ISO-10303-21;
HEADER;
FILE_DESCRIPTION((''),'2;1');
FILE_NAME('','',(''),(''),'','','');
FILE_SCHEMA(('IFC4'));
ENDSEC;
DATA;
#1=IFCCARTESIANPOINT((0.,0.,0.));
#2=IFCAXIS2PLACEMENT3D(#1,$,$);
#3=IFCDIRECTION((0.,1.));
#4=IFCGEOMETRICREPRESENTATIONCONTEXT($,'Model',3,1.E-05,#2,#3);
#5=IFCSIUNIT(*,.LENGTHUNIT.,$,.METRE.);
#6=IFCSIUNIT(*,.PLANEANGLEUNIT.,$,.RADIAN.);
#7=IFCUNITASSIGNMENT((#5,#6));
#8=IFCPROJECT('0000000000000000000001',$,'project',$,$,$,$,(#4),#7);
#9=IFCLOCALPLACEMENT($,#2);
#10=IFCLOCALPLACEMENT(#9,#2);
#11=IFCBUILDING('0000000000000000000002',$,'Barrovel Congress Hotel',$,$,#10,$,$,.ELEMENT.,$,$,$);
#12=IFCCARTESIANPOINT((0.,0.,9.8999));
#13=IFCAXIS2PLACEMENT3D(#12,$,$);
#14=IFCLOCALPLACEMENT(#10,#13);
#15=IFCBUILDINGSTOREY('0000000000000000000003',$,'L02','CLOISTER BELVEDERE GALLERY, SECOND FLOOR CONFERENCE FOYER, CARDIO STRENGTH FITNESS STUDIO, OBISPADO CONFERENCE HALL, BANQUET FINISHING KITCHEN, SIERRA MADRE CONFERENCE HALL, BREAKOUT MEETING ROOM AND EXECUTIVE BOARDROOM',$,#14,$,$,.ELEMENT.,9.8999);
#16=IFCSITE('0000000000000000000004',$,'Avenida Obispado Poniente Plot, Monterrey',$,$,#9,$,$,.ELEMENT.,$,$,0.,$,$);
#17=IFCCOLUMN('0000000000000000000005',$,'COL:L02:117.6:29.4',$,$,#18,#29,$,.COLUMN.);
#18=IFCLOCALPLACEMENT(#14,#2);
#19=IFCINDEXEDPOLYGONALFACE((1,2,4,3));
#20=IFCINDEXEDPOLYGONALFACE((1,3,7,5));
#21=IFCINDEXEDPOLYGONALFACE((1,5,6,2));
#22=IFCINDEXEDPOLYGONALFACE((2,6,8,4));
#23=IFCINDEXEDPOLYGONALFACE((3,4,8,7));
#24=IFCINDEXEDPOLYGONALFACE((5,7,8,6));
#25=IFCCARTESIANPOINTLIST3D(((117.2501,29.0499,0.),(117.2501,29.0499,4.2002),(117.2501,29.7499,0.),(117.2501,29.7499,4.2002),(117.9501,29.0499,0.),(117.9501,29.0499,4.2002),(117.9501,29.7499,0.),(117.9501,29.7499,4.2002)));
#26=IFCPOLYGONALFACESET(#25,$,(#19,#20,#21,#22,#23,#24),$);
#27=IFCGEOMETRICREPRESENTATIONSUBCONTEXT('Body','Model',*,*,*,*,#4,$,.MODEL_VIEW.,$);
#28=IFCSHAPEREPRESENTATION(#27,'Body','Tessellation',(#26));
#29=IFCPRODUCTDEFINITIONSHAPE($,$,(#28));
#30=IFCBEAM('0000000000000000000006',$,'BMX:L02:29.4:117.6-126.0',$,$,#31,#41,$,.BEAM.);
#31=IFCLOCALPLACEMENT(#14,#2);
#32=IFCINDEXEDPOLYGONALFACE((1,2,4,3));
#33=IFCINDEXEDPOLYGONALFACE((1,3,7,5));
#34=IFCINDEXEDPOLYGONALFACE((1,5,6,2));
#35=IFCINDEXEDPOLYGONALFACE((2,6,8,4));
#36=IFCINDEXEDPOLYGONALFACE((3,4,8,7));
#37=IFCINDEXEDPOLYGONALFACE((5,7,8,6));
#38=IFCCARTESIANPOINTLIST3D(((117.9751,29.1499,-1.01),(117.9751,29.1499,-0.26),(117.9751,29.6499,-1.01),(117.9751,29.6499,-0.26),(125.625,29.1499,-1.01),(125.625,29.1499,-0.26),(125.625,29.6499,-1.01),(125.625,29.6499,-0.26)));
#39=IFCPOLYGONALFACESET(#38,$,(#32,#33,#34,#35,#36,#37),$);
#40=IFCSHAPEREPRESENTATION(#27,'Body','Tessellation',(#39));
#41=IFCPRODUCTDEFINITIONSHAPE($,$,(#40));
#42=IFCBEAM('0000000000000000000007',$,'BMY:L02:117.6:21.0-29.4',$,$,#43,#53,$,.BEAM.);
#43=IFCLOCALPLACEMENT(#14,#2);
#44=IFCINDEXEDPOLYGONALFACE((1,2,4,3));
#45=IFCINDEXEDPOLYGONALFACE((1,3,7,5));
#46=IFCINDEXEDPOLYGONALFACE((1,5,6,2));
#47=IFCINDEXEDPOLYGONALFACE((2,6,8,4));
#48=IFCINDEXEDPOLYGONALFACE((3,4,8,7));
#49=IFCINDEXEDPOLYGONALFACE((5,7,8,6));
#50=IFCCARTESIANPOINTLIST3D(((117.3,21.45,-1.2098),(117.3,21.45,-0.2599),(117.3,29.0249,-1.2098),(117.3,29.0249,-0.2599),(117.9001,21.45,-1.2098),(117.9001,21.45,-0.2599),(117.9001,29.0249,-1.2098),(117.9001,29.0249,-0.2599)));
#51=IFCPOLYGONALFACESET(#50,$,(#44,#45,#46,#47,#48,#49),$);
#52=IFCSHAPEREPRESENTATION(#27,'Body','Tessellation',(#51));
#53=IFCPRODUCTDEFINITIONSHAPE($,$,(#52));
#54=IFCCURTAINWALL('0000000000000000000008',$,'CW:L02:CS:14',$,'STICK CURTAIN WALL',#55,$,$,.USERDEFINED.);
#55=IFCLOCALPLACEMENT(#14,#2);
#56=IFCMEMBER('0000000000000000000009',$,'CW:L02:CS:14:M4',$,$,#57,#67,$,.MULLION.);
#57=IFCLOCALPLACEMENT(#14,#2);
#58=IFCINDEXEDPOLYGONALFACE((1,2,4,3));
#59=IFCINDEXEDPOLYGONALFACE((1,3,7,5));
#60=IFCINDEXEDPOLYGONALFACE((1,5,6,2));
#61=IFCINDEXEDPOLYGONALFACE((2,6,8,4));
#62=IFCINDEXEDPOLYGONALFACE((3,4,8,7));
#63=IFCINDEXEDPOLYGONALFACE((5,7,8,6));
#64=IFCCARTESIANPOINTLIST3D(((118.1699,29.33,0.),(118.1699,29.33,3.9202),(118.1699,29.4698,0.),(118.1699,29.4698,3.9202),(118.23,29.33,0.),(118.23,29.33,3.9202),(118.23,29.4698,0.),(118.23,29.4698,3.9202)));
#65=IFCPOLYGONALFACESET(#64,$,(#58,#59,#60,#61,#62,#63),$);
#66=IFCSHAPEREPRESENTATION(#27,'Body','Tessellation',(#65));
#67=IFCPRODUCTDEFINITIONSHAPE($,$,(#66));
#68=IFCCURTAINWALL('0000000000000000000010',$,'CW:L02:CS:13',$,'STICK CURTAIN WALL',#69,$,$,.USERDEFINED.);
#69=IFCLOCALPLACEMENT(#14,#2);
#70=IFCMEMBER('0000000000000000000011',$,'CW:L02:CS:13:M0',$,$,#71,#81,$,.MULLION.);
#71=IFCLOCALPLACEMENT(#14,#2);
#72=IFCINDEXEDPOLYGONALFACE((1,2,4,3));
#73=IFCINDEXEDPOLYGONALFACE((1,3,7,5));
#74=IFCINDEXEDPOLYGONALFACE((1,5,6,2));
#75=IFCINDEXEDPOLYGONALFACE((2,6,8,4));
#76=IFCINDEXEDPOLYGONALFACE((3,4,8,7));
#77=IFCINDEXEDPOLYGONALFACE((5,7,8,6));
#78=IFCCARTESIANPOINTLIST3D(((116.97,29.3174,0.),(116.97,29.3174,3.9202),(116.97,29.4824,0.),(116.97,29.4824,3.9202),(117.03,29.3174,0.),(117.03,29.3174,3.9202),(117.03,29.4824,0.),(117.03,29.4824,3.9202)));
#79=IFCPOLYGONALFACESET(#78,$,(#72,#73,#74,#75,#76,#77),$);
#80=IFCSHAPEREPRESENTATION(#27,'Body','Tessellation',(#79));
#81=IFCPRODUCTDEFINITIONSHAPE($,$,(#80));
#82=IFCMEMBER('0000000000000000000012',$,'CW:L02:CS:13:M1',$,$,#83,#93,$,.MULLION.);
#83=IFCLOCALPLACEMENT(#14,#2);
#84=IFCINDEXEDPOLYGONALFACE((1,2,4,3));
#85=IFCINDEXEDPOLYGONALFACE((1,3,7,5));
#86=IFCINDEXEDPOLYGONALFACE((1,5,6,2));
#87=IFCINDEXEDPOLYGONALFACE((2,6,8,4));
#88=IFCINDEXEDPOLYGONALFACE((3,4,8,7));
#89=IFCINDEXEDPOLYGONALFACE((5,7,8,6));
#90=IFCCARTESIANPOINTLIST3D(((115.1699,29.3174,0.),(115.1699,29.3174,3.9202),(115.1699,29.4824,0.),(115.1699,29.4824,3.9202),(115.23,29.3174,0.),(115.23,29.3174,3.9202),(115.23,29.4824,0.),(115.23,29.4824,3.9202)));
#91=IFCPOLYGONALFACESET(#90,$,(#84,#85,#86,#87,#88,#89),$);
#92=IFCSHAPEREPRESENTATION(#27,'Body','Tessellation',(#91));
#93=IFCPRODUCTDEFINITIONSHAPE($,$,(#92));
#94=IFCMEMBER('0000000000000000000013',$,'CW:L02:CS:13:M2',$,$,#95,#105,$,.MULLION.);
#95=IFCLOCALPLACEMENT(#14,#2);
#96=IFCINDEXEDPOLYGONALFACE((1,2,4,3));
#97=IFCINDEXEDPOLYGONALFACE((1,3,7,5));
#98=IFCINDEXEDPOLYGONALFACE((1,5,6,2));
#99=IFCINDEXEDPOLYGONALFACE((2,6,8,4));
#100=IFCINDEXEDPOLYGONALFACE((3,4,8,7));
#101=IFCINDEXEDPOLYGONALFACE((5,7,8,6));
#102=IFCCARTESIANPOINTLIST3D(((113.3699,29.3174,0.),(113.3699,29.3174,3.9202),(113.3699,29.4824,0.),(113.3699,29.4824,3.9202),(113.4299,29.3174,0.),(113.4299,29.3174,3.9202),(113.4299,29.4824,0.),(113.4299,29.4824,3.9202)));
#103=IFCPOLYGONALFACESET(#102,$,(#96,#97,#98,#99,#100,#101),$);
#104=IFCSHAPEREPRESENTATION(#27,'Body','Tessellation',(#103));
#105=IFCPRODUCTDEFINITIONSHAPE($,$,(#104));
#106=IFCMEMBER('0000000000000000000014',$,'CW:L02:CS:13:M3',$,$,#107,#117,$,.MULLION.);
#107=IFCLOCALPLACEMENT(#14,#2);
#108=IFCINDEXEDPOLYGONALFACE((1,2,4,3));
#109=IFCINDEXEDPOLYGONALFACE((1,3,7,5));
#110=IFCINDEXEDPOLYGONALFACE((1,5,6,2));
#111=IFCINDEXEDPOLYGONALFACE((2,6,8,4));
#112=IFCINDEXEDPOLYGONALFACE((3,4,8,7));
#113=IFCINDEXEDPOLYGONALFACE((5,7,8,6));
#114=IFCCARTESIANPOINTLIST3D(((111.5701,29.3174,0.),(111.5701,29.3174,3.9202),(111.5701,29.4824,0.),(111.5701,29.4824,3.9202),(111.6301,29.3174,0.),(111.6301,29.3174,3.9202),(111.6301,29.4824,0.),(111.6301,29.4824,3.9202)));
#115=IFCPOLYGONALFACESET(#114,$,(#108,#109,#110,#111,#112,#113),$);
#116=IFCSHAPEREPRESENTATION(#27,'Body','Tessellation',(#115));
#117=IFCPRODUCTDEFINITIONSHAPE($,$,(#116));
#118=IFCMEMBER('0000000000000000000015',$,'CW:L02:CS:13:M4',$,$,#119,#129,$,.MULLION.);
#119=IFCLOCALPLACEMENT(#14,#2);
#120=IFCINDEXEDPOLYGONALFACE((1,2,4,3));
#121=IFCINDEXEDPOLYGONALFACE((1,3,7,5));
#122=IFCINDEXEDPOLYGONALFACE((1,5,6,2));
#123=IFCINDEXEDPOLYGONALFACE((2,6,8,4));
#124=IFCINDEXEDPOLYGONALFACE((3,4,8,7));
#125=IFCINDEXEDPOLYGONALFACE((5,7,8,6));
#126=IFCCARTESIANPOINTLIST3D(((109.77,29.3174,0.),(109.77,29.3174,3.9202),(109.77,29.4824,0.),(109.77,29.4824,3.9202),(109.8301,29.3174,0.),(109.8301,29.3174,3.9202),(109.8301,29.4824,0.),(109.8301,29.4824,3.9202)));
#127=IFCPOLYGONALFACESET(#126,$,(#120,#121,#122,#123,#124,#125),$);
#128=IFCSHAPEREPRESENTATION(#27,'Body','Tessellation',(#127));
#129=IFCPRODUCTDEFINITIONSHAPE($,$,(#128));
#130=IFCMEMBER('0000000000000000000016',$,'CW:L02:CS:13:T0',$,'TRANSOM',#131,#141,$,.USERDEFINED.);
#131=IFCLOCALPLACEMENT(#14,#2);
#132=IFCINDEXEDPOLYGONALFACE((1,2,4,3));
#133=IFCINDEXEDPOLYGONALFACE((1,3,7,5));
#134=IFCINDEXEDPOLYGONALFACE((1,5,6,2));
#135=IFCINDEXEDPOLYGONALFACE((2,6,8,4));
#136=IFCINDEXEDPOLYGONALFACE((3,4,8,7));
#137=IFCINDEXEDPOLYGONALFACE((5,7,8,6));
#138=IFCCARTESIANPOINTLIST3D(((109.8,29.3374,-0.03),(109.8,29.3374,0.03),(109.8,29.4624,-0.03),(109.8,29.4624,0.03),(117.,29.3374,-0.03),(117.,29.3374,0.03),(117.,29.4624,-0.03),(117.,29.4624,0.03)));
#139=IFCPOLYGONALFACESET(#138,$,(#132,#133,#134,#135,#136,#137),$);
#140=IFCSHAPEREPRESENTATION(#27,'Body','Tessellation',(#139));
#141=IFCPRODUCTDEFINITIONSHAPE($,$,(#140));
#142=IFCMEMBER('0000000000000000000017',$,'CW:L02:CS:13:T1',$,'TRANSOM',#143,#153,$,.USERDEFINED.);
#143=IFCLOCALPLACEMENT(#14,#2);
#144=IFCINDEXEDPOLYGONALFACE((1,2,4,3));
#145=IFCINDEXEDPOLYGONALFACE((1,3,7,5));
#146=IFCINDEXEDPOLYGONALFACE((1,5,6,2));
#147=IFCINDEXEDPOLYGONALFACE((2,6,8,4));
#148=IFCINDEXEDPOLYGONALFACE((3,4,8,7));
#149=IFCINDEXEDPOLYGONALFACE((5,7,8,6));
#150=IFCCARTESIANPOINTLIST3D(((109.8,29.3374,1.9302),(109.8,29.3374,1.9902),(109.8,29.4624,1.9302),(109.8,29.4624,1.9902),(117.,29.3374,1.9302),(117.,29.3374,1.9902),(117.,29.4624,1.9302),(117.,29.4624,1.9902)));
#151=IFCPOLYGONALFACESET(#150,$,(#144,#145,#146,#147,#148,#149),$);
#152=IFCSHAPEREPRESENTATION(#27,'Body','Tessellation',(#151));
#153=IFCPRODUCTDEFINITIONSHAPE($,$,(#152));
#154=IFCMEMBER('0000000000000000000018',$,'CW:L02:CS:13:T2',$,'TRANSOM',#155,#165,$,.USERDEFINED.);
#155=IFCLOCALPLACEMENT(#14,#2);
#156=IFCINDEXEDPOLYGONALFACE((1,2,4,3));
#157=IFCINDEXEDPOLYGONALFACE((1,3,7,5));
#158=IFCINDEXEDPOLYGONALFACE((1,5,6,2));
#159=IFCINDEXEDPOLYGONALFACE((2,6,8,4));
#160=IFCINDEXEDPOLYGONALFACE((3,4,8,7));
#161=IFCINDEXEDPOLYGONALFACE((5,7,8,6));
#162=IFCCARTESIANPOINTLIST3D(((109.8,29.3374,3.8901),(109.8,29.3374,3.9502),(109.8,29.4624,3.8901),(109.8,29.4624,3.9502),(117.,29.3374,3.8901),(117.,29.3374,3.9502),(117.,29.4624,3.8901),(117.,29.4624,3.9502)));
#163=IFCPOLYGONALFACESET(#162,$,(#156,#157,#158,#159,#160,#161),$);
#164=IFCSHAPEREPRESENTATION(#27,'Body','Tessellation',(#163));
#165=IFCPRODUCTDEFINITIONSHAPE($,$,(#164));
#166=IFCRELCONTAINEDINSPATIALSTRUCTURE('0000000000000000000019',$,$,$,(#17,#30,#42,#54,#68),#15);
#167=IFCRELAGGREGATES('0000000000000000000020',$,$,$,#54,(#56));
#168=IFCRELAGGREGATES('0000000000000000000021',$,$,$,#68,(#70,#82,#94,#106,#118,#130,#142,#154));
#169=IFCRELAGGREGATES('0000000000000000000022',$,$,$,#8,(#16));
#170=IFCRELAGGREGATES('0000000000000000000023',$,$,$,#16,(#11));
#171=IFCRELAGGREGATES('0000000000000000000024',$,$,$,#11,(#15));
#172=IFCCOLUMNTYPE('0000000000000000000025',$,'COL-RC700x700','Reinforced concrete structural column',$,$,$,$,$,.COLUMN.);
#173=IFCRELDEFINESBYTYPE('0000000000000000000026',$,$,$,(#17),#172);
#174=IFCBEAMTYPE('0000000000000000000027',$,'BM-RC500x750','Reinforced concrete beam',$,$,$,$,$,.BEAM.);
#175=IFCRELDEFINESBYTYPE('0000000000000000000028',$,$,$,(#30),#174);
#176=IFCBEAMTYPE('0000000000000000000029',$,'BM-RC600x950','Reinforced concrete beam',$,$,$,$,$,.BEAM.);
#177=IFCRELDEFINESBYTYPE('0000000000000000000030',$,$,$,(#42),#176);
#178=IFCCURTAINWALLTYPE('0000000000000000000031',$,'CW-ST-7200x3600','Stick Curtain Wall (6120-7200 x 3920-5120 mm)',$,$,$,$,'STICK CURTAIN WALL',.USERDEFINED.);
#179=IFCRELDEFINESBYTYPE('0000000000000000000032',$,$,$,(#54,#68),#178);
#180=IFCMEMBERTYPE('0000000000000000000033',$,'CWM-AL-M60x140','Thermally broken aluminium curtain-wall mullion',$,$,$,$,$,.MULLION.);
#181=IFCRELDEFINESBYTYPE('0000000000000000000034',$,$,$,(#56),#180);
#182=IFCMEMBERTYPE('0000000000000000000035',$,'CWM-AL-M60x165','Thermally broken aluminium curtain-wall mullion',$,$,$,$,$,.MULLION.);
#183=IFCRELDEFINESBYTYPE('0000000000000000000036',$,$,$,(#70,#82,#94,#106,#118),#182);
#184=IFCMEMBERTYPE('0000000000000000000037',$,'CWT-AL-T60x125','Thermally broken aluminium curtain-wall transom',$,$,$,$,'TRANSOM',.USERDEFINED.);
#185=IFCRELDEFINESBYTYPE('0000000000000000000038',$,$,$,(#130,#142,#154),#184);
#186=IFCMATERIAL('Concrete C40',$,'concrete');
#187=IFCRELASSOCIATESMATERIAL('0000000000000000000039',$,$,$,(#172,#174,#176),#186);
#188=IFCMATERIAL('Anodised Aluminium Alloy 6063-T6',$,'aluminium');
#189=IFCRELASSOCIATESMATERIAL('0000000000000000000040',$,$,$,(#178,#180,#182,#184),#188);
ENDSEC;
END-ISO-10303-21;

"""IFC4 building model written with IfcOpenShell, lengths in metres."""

from ifc_helpers import new_model, si_unit, direction, frame, origin, origin_2d, place, context, subcontext, project, spatial, rectangle, extrude, material, material_profile, profile_set, type_object, element, aggregate, save


model = new_model("IFC4")

# Units and contexts
model_context = context("Model", 3, precision=1e-05, world=origin(), true_north=direction((0.0, 1.0)))
body_context = subcontext(model_context, "Body", "Model", "MODEL_VIEW")
ifc_project = project(units=[si_unit("LENGTHUNIT", "METRE"), si_unit("PLANEANGLEUNIT", "RADIAN")], contexts=[model_context])

# Site, building, storey
site_placement = place(None, origin())
site = spatial("IfcSite", under=ifc_project, at=site_placement, Name="Avenida Obispado Poniente Plot, Monterrey", CompositionType="ELEMENT", RefElevation=0.0)
building_placement = place(site_placement, origin())
building = spatial("IfcBuilding", under=site, at=building_placement, Name="Barrovel Congress Hotel", CompositionType="ELEMENT")
storey_placement = place(building_placement, frame((0.0, 0.0, 9.8999)))
storey = spatial("IfcBuildingStorey", under=building, at=storey_placement, Name="L02", Description="CLOISTER BELVEDERE GALLERY, SECOND FLOOR CONFERENCE FOYER, CARDIO STRENGTH FITNESS STUDIO, OBISPADO CONFERENCE HALL, BANQUET FINISHING KITCHEN, SIERRA MADRE CONFERENCE HALL, BREAKOUT MEETING ROOM AND EXECUTIVE BOARDROOM", CompositionType="ELEMENT", Elevation=9.8999)

# Column
ifc_material_1 = material(Name="Concrete C40", Category="concrete")
ifc_material_profile_1 = material_profile(ifc_material_1, rectangle(XDim=0.7, YDim=0.7, at=origin_2d()), Name="RC700x700")
ifc_profile_set_1 = profile_set([ifc_material_profile_1], Name="Concrete C40")
column_type = type_object("IfcColumnType", Name="COL-RC700x700", Description="Reinforced concrete structural column", PredefinedType="COLUMN", material=ifc_profile_set_1)
column_placement = place(storey_placement, frame((117.6001, 29.3999, 0.0), z_axis=(0.0, 0.0, 1.0), x_axis=(1.0, 0.0, 0.0)))
element("IfcColumn", 1, at=column_placement, inside=storey, type_object=column_type, Name="COL:L02:117.6:29.4", PredefinedType="COLUMN", context=body_context, shape_type="SweptSolid", body=[
    extrude(rectangle(XDim=0.7, YDim=0.7, at=origin_2d()), origin(), (0.0, 0.0, 1.0), 4.2002),
])

# Beams
ifc_material_profile_2 = material_profile(ifc_material_1, rectangle(XDim=0.5, YDim=0.75, at=origin_2d()), Name="RC500x750")
ifc_profile_set_2 = profile_set([ifc_material_profile_2], Name="Concrete C40")
beam_type_1 = type_object("IfcBeamType", Name="BM-RC500x750", Description="Reinforced concrete beam", PredefinedType="BEAM", material=ifc_profile_set_2)
beam_1_placement = place(storey_placement, frame((117.9751, 29.3999, -0.635), z_axis=(1.0, 0.0, 0.0), x_axis=(0.0, 1.0, 0.0)))
element("IfcBeam", 2, at=beam_1_placement, inside=storey, type_object=beam_type_1, Name="BMX:L02:29.4:117.6-126.0", PredefinedType="BEAM", context=body_context, shape_type="SweptSolid", body=[
    extrude(rectangle(XDim=0.5, YDim=0.75, at=origin_2d()), origin(), (0.0, 0.0, 1.0), 7.6499),
])
ifc_material_profile_3 = material_profile(ifc_material_1, rectangle(XDim=0.6001, YDim=0.95, at=origin_2d()), Name="RC600x950")
ifc_profile_set_3 = profile_set([ifc_material_profile_3], Name="Concrete C40")
beam_type_2 = type_object("IfcBeamType", Name="BM-RC600x950", Description="Reinforced concrete beam", PredefinedType="BEAM", material=ifc_profile_set_3)
beam_2_placement = place(storey_placement, frame((117.6001, 21.45, -0.7349), z_axis=(0.0, 1.0, 0.0), x_axis=(-1.0, 0.0, 0.0)))
element("IfcBeam", 3, at=beam_2_placement, inside=storey, type_object=beam_type_2, Name="BMY:L02:117.6:21.0-29.4", PredefinedType="BEAM", context=body_context, shape_type="SweptSolid", body=[
    extrude(rectangle(XDim=0.6001, YDim=0.95, at=origin_2d()), origin(), (0.0, 0.0, 1.0), 7.575),
])

# Curtain wall, member
ifc_material_2 = material(Name="Anodised Aluminium Alloy 6063-T6", Category="aluminium")
curtain_wall_type = type_object("IfcCurtainWallType", Name="CW-ST-7200x3600", Description="Stick Curtain Wall (6120-7200 x 3920-5120 mm)", ElementType="STICK CURTAIN WALL", PredefinedType="USERDEFINED", material=ifc_material_2)
curtain_wall_1_placement = place(storey_placement, origin())
curtain_wall_1 = element("IfcCurtainWall", 4, at=curtain_wall_1_placement, inside=storey, type_object=curtain_wall_type, Name="CW:L02:CS:14", ObjectType="STICK CURTAIN WALL", PredefinedType="USERDEFINED")
ifc_material_profile_4 = material_profile(ifc_material_2, rectangle(XDim=0.0601, YDim=0.1399, at=origin_2d()), Name="AL-M60x140")
ifc_profile_set_4 = profile_set([ifc_material_profile_4], Name="Anodised Aluminium Alloy 6063-T6")
member_type_1 = type_object("IfcMemberType", Name="CWM-AL-M60x140", Description="Thermally broken aluminium curtain-wall mullion", PredefinedType="MULLION", material=ifc_profile_set_4)
member_1_placement = place(storey_placement, frame((118.2, 29.3999, 0.0), z_axis=(0.0, 0.0, 1.0), x_axis=(1.0, 0.0, 0.0)))
member_1 = element("IfcMember", 5, at=member_1_placement, type_object=member_type_1, Name="CW:L02:CS:14:M4", PredefinedType="MULLION", context=body_context, shape_type="SweptSolid", body=[
    extrude(rectangle(XDim=0.0601, YDim=0.1399, at=origin_2d()), origin(), (0.0, 0.0, 1.0), 3.9202),
])

# Curtain wall, members
curtain_wall_2_placement = place(storey_placement, origin())
curtain_wall_2 = element("IfcCurtainWall", 6, at=curtain_wall_2_placement, inside=storey, type_object=curtain_wall_type, Name="CW:L02:CS:13", ObjectType="STICK CURTAIN WALL", PredefinedType="USERDEFINED")
ifc_material_profile_5 = material_profile(ifc_material_2, rectangle(XDim=0.0601, YDim=0.165, at=origin_2d()), Name="AL-M60x165")
ifc_profile_set_5 = profile_set([ifc_material_profile_5], Name="Anodised Aluminium Alloy 6063-T6")
member_type_2 = type_object("IfcMemberType", Name="CWM-AL-M60x165", Description="Thermally broken aluminium curtain-wall mullion", PredefinedType="MULLION", material=ifc_profile_set_5)
member_2_placement = place(storey_placement, frame((117.0, 29.3999, 0.0), z_axis=(0.0, 0.0, 1.0), x_axis=(1.0, 0.0, 0.0)))
member_2 = element("IfcMember", 7, at=member_2_placement, type_object=member_type_2, Name="CW:L02:CS:13:M0", PredefinedType="MULLION", context=body_context, shape_type="SweptSolid", body=[
    extrude(rectangle(XDim=0.0601, YDim=0.165, at=origin_2d()), origin(), (0.0, 0.0, 1.0), 3.9202),
])
member_3_placement = place(storey_placement, frame((115.2, 29.3999, 0.0), z_axis=(0.0, 0.0, 1.0), x_axis=(1.0, 0.0, 0.0)))
member_3 = element("IfcMember", 8, at=member_3_placement, type_object=member_type_2, Name="CW:L02:CS:13:M1", PredefinedType="MULLION", context=body_context, shape_type="SweptSolid", body=[
    extrude(rectangle(XDim=0.0601, YDim=0.165, at=origin_2d()), origin(), (0.0, 0.0, 1.0), 3.9202),
])
member_4_placement = place(storey_placement, frame((113.3999, 29.3999, 0.0), z_axis=(0.0, 0.0, 1.0), x_axis=(1.0, 0.0, 0.0)))
member_4 = element("IfcMember", 9, at=member_4_placement, type_object=member_type_2, Name="CW:L02:CS:13:M2", PredefinedType="MULLION", context=body_context, shape_type="SweptSolid", body=[
    extrude(rectangle(XDim=0.0601, YDim=0.165, at=origin_2d()), origin(), (0.0, 0.0, 1.0), 3.9202),
])
member_5_placement = place(storey_placement, frame((111.6001, 29.3999, 0.0), z_axis=(0.0, 0.0, 1.0), x_axis=(1.0, 0.0, 0.0)))
member_5 = element("IfcMember", 10, at=member_5_placement, type_object=member_type_2, Name="CW:L02:CS:13:M3", PredefinedType="MULLION", context=body_context, shape_type="SweptSolid", body=[
    extrude(rectangle(XDim=0.0601, YDim=0.165, at=origin_2d()), origin(), (0.0, 0.0, 1.0), 3.9202),
])
member_6_placement = place(storey_placement, frame((109.8, 29.3999, 0.0), z_axis=(0.0, 0.0, 1.0), x_axis=(1.0, 0.0, 0.0)))
member_6 = element("IfcMember", 11, at=member_6_placement, type_object=member_type_2, Name="CW:L02:CS:13:M4", PredefinedType="MULLION", context=body_context, shape_type="SweptSolid", body=[
    extrude(rectangle(XDim=0.0601, YDim=0.165, at=origin_2d()), origin(), (0.0, 0.0, 1.0), 3.9202),
])
ifc_material_profile_6 = material_profile(ifc_material_2, rectangle(XDim=0.125, YDim=0.0601, at=origin_2d()), Name="AL-T60x125")
ifc_profile_set_6 = profile_set([ifc_material_profile_6], Name="Anodised Aluminium Alloy 6063-T6")
member_type_3 = type_object("IfcMemberType", Name="CWT-AL-T60x125", Description="Thermally broken aluminium curtain-wall transom", ElementType="TRANSOM", PredefinedType="USERDEFINED", material=ifc_profile_set_6)
member_7_placement = place(storey_placement, frame((117.0, 29.3999, 0.0), z_axis=(-1.0, 0.0, 0.0), x_axis=(0.0, -1.0, 0.0)))
member_7 = element("IfcMember", 12, at=member_7_placement, type_object=member_type_3, Name="CW:L02:CS:13:T0", ObjectType="TRANSOM", PredefinedType="USERDEFINED", context=body_context, shape_type="SweptSolid", body=[
    extrude(rectangle(XDim=0.125, YDim=0.0601, at=origin_2d()), origin(), (0.0, 0.0, 1.0), 7.2),
])
member_8_placement = place(storey_placement, frame((117.0, 29.3999, 1.9602), z_axis=(-1.0, 0.0, 0.0), x_axis=(0.0, -1.0, 0.0)))
member_8 = element("IfcMember", 13, at=member_8_placement, type_object=member_type_3, Name="CW:L02:CS:13:T1", ObjectType="TRANSOM", PredefinedType="USERDEFINED", context=body_context, shape_type="SweptSolid", body=[
    extrude(rectangle(XDim=0.125, YDim=0.0601, at=origin_2d()), origin(), (0.0, 0.0, 1.0), 7.2),
])
member_9_placement = place(storey_placement, frame((117.0, 29.3999, 3.9202), z_axis=(-1.0, 0.0, 0.0), x_axis=(0.0, -1.0, 0.0)))
member_9 = element("IfcMember", 14, at=member_9_placement, type_object=member_type_3, Name="CW:L02:CS:13:T2", ObjectType="TRANSOM", PredefinedType="USERDEFINED", context=body_context, shape_type="SweptSolid", body=[
    extrude(rectangle(XDim=0.125, YDim=0.0601, at=origin_2d()), origin(), (0.0, 0.0, 1.0), 7.2),
])

aggregate(curtain_wall_1, [member_1])
aggregate(curtain_wall_2, [member_2, member_3, member_4, member_5, member_6, member_7, member_8, member_9])

save(model, "model.ifc")
